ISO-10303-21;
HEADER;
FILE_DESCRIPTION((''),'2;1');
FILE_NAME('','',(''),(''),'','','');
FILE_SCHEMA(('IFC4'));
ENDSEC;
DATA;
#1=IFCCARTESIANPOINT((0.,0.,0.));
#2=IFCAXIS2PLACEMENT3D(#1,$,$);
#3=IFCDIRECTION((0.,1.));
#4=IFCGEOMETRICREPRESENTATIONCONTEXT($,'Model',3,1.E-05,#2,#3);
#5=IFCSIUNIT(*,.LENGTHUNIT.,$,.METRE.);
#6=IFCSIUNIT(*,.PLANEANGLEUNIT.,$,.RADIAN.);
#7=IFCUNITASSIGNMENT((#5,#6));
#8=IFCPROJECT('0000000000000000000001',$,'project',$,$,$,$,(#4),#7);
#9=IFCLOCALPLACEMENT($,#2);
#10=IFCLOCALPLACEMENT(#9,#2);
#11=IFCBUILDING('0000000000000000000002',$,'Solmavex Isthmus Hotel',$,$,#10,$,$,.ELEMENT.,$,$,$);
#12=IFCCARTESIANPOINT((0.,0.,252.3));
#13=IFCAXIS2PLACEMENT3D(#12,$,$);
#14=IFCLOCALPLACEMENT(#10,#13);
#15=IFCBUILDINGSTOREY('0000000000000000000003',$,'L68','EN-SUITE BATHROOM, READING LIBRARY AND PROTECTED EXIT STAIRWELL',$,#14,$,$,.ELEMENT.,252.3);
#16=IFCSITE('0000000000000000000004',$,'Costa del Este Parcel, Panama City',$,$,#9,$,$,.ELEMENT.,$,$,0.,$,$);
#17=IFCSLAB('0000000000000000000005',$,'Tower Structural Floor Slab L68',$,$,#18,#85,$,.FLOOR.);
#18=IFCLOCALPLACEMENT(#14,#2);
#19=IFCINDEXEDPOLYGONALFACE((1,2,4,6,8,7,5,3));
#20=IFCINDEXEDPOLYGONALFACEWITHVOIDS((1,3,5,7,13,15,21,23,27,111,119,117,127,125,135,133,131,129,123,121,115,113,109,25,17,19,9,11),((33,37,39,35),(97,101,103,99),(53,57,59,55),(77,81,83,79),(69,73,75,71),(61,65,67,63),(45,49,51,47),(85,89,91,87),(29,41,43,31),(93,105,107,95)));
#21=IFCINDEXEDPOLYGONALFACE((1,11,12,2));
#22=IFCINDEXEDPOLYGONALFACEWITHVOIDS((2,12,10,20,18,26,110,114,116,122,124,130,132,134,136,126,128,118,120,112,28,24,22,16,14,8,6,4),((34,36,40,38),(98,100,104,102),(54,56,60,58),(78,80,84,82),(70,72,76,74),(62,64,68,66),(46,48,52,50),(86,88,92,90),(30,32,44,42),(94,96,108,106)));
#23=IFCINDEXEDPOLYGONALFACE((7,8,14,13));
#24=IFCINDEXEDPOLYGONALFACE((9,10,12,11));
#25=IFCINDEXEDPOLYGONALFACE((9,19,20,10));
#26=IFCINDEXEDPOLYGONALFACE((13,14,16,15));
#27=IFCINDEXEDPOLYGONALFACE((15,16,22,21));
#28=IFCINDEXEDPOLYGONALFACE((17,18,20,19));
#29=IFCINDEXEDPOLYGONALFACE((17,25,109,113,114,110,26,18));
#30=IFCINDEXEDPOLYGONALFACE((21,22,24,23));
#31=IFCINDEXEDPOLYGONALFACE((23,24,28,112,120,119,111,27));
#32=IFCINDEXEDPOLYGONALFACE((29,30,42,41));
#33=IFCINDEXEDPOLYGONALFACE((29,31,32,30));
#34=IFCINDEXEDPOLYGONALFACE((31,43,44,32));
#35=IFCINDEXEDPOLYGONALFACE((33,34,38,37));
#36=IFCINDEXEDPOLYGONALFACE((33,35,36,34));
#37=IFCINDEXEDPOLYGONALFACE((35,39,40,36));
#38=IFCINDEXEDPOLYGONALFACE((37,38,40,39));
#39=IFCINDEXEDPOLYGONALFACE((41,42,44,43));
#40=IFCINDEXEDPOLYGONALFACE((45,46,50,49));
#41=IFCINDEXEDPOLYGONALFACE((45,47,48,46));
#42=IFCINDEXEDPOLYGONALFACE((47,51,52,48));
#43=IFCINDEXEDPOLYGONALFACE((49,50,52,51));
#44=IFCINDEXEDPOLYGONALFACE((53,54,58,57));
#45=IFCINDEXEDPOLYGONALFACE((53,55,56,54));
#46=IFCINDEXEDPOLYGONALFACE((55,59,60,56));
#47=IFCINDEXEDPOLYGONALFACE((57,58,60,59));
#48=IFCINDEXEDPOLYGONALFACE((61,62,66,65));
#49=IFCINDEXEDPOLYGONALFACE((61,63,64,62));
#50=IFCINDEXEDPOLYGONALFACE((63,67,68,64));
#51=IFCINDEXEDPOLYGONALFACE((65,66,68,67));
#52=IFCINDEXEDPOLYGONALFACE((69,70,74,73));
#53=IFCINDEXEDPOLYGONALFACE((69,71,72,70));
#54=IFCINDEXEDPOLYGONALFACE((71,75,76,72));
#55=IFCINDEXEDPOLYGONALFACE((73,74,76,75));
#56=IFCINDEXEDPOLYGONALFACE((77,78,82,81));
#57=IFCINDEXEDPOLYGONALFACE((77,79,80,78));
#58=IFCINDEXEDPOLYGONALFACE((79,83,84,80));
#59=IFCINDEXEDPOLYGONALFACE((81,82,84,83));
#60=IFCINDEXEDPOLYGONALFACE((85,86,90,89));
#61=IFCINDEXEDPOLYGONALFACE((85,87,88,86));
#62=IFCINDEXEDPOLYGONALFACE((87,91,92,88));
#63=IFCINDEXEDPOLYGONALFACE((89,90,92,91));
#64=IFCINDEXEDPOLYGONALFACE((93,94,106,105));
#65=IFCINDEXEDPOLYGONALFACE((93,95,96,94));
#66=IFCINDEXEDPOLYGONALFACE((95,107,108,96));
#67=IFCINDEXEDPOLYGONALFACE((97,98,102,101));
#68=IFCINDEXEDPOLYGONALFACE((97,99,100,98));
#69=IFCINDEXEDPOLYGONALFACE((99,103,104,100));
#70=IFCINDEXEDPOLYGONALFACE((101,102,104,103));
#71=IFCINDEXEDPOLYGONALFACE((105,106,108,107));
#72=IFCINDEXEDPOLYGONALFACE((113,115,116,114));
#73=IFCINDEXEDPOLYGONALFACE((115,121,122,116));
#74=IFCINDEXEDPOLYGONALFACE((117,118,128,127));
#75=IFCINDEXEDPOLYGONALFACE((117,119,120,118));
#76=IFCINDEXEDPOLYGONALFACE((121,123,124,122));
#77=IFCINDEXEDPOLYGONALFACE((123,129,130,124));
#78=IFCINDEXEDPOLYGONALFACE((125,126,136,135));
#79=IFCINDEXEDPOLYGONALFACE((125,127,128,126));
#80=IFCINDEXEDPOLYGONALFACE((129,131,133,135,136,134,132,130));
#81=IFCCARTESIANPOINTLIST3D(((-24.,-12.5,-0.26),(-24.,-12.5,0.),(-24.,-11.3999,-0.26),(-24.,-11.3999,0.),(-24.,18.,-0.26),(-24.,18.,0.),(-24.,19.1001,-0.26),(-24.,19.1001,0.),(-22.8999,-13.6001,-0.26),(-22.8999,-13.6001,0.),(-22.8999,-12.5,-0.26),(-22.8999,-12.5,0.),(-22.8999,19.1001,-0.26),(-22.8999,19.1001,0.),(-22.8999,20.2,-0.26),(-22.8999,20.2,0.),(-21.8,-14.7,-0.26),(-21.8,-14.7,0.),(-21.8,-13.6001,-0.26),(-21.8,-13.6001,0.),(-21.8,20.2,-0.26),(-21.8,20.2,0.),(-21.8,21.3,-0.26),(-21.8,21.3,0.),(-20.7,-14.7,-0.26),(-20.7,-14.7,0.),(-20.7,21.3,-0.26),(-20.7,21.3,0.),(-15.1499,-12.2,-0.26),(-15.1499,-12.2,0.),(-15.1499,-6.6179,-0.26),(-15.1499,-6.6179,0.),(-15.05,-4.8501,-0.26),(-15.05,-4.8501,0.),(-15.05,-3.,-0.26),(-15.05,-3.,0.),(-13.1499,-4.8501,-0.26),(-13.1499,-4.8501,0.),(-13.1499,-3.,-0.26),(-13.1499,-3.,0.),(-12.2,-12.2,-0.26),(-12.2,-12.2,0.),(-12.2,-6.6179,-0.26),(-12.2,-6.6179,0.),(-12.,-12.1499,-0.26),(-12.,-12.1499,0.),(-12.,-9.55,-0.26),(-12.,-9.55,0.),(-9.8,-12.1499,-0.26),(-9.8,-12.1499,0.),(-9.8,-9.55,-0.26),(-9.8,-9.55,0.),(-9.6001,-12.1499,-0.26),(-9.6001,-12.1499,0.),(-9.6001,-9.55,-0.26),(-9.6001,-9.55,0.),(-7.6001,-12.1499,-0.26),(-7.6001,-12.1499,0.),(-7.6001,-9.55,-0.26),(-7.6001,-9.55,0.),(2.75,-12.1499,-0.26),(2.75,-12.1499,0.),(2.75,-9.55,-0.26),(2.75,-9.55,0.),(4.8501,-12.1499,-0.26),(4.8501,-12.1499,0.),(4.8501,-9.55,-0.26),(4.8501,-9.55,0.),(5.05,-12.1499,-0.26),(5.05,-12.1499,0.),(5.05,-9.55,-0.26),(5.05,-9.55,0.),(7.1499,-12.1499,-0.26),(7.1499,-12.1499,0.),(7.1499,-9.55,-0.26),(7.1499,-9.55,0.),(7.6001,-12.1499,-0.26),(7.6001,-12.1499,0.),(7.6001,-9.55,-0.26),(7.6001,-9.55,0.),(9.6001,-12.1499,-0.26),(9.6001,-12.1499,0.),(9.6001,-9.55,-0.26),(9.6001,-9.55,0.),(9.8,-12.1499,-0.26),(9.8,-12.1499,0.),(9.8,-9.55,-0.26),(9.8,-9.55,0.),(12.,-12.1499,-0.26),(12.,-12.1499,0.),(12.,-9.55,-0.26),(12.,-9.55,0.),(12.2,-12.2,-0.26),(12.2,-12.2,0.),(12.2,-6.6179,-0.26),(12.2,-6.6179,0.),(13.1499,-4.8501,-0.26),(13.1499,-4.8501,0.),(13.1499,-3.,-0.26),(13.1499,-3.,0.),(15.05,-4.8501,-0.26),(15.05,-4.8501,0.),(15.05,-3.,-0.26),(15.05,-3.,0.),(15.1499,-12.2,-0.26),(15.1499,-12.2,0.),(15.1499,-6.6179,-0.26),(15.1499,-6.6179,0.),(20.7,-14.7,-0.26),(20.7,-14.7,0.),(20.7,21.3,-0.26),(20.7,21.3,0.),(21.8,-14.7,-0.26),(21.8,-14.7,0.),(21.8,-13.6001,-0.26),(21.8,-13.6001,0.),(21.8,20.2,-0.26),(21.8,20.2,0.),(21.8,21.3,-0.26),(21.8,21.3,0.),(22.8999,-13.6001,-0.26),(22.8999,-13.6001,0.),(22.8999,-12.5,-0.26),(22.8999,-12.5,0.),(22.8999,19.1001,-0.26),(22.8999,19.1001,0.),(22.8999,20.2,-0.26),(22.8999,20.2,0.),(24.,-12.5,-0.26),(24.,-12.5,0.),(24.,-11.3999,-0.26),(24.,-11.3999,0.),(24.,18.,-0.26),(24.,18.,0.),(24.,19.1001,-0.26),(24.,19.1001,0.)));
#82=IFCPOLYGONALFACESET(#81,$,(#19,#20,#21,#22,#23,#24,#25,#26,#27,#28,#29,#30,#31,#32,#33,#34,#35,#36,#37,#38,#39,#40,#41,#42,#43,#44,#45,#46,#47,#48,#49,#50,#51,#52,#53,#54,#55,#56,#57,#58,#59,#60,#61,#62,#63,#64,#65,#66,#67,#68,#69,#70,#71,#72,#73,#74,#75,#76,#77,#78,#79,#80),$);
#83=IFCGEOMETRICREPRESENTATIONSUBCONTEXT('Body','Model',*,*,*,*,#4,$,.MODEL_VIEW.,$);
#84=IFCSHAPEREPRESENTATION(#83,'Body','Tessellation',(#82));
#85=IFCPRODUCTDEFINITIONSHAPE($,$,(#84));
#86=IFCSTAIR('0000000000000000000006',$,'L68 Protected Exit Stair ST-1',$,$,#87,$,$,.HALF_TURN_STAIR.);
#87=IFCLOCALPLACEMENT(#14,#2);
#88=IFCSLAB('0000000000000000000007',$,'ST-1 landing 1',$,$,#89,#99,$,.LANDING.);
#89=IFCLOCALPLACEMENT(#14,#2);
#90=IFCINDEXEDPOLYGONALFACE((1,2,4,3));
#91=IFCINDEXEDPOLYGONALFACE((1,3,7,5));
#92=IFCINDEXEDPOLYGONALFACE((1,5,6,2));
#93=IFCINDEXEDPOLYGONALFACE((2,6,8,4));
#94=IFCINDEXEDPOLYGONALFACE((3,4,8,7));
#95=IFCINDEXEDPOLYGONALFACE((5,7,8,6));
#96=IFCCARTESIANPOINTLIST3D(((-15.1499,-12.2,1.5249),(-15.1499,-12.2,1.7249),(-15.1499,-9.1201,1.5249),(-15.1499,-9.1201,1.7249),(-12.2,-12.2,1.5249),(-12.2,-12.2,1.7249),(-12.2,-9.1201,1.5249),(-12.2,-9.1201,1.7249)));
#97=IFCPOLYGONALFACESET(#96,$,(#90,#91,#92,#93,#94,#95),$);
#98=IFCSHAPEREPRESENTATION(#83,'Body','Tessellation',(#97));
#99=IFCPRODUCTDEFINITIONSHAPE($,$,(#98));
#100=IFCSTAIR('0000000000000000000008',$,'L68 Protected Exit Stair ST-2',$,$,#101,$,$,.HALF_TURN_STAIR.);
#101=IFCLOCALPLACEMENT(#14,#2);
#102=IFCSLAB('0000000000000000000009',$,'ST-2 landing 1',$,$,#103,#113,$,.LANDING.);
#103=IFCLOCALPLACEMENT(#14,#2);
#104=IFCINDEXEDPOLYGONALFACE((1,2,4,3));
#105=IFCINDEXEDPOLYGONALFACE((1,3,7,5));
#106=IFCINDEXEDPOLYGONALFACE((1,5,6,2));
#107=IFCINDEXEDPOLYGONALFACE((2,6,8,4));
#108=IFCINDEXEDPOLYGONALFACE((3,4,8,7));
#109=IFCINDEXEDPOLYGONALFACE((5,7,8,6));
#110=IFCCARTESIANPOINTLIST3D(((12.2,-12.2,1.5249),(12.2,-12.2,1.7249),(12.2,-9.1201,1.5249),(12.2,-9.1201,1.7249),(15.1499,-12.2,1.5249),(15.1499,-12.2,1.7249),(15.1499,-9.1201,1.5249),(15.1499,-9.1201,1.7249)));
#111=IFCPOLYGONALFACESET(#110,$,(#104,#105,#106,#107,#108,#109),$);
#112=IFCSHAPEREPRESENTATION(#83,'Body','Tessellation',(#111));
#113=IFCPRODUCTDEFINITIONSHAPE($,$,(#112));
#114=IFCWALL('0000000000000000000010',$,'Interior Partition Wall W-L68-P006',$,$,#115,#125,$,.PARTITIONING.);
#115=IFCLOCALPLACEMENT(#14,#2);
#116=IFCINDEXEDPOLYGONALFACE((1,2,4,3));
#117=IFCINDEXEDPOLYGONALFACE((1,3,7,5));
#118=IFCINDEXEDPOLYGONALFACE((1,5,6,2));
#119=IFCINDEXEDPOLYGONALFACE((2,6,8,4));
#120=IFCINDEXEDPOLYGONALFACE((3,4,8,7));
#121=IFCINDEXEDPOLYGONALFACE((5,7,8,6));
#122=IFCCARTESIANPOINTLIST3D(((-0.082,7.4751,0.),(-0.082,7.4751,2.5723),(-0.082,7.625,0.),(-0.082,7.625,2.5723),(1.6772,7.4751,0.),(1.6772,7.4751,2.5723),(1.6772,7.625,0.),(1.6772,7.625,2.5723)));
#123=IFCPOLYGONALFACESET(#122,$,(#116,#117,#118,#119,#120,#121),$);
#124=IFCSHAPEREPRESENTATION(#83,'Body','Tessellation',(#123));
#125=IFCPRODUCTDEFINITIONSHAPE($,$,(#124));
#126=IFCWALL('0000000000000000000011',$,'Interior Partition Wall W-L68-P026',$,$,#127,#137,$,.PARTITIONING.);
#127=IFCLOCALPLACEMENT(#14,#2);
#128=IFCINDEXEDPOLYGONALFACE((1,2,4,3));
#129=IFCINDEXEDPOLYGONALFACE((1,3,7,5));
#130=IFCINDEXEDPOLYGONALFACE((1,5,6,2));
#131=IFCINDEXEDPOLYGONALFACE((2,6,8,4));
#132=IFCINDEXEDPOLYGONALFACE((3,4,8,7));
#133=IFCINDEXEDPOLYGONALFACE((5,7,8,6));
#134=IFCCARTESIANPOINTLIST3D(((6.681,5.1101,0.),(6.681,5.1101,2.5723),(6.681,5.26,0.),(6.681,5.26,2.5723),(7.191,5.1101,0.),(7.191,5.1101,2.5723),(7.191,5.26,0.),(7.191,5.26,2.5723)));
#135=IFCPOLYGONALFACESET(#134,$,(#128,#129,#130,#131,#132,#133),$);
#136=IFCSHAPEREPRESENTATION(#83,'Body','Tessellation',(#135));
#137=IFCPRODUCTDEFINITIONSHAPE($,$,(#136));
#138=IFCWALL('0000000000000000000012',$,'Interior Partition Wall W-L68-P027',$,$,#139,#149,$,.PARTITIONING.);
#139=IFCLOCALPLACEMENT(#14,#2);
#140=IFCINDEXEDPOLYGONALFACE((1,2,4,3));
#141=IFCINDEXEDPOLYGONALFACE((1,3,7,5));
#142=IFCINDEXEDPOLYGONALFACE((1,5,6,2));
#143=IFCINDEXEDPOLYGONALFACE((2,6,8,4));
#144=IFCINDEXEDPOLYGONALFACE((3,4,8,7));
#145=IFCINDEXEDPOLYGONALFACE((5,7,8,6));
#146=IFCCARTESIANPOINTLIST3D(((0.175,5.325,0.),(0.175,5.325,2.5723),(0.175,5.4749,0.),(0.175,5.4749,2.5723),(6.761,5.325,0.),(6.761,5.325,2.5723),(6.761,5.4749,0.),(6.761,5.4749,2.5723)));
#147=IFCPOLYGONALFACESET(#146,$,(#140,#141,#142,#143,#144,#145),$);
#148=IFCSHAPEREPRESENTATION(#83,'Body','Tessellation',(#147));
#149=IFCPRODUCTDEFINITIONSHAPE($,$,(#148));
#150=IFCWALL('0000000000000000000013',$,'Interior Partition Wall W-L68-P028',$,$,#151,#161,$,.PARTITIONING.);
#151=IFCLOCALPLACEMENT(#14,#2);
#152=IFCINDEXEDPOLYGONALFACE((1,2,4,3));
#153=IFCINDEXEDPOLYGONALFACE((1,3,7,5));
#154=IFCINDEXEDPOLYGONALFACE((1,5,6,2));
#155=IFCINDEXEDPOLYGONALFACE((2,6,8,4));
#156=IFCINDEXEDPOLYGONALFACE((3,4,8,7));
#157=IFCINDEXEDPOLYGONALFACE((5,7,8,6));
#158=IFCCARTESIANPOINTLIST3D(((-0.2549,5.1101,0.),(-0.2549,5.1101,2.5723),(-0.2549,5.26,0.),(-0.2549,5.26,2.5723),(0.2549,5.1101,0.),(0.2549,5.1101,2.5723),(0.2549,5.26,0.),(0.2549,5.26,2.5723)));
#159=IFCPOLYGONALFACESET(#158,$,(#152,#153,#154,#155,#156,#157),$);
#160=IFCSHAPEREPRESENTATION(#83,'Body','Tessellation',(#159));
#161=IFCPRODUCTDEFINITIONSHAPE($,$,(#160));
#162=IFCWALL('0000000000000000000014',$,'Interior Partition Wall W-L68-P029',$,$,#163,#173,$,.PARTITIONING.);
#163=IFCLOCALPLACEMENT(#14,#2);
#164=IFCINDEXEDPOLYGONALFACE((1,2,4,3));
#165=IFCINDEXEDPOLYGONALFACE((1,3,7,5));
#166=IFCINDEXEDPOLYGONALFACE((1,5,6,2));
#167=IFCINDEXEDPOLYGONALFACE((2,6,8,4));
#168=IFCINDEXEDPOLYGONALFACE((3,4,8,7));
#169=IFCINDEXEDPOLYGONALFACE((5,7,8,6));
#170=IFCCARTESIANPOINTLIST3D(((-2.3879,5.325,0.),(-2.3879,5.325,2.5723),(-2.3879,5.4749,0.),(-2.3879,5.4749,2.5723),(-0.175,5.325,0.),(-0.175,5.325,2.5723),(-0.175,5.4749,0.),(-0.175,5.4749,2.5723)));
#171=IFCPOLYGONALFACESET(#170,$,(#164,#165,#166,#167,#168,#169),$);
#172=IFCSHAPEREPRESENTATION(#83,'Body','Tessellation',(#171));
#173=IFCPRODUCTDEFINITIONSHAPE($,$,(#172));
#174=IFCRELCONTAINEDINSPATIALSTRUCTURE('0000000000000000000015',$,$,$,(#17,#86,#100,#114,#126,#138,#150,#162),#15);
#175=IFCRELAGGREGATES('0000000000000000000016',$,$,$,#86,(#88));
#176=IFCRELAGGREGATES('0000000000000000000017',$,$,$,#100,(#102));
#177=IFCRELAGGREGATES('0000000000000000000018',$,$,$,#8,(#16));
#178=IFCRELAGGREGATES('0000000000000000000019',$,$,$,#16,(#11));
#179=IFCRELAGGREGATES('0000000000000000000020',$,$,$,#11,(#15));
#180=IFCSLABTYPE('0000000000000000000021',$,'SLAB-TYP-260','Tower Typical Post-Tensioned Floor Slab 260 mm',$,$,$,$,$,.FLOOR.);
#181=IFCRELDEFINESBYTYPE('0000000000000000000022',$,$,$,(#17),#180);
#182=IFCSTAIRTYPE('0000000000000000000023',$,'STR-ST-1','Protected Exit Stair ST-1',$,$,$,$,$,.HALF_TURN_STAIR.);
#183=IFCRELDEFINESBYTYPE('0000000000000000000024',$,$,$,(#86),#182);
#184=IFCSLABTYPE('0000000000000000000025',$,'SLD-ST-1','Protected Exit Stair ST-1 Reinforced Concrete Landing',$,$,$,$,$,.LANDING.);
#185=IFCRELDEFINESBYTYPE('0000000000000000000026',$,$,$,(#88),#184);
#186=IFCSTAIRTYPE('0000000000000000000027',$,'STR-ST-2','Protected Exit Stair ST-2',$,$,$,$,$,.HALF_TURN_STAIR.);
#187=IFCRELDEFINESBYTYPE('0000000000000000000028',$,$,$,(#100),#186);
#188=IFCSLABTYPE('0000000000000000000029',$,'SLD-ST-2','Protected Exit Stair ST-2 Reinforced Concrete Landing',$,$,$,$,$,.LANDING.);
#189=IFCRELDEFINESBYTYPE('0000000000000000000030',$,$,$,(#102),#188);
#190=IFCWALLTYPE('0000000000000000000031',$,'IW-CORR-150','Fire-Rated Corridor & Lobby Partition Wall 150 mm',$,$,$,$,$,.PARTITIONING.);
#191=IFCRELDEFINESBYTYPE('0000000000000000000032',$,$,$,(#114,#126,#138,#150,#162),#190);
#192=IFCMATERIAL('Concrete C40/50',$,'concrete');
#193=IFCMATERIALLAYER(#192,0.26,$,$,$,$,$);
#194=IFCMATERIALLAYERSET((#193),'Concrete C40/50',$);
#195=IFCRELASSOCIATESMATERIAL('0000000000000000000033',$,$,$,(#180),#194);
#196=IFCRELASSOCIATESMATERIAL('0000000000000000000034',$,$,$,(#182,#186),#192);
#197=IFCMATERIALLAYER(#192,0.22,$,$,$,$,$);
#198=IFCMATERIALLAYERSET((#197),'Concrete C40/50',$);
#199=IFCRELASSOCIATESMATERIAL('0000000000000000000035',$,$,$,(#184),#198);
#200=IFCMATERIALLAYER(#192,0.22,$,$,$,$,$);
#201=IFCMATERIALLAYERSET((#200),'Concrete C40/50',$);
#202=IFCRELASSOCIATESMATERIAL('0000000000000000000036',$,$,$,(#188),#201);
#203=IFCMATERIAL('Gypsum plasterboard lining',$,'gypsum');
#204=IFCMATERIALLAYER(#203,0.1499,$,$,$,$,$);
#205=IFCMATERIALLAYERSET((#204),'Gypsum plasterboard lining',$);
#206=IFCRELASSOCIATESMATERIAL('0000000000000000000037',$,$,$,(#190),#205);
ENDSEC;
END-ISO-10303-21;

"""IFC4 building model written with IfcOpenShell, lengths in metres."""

from ifc_helpers import new_model, si_unit, direction, frame, frame_2d, origin, place, context, subcontext, project, spatial, polyline, rectangle, outline, extrude, material, layer, layer_set, type_object, element, aggregate, save


model = new_model("IFC4")

# Units and contexts
model_context = context("Model", 3, precision=1e-05, world=origin(), true_north=direction((0.0, 1.0)))
body_context = subcontext(model_context, "Body", "Model", "MODEL_VIEW")
ifc_project = project(units=[si_unit("LENGTHUNIT", "METRE"), si_unit("PLANEANGLEUNIT", "RADIAN")], contexts=[model_context])

# Site, building, storey
site_placement = place(None, origin())
site = spatial("IfcSite", under=ifc_project, at=site_placement, Name="Costa del Este Parcel, Panama City", CompositionType="ELEMENT", RefElevation=0.0)
building_placement = place(site_placement, origin())
building = spatial("IfcBuilding", under=site, at=building_placement, Name="Solmavex Isthmus Hotel", CompositionType="ELEMENT")
storey_placement = place(building_placement, frame((0.0, 0.0, 252.3)))
storey = spatial("IfcBuildingStorey", under=building, at=storey_placement, Name="L68", Description="EN-SUITE BATHROOM, READING LIBRARY AND PROTECTED EXIT STAIRWELL", CompositionType="ELEMENT", Elevation=252.3)

# Slab
ifc_material_1 = material(Name="Concrete C40/50", Category="concrete")
ifc_layer_1 = layer(ifc_material_1, 0.26)
ifc_layer_set_1 = layer_set([ifc_layer_1], Name="Concrete C40/50")
slab_type_1 = type_object("IfcSlabType", Name="SLAB-TYP-260", Description="Tower Typical Post-Tensioned Floor Slab 260 mm", PredefinedType="FLOOR", material=ifc_layer_set_1)
slab_1_placement = place(storey_placement, frame((0.0, 0.0, -0.26)))
element("IfcSlab", 1, at=slab_1_placement, inside=storey, type_object=slab_type_1, Name="Tower Structural Floor Slab L68", PredefinedType="FLOOR", context=body_context, shape_type="SweptSolid", body=[
    extrude(outline(polyline([(-20.7, -14.7), (20.7, -14.7), (21.8, -14.7), (21.8, -13.6001), (22.8999, -13.6001), (22.8999, -12.5), (24.0, -12.5), (24.0, -11.3999), (24.0, 18.0), (24.0, 19.1001), (22.8999, 19.1001), (22.8999, 20.2), (21.8, 20.2), (21.8, 21.3), (20.7, 21.3), (-20.7, 21.3), (-21.8, 21.3), (-21.8, 20.2), (-22.8999, 20.2), (-22.8999, 19.1001), (-24.0, 19.1001), (-24.0, 18.0), (-24.0, -11.3999), (-24.0, -12.5), (-22.8999, -12.5), (-22.8999, -13.6001), (-21.8, -13.6001), (-21.8, -14.7), (-20.7, -14.7)]), holes=[polyline([(-15.1499, -6.6179), (-15.1499, -12.2), (-12.2, -12.2), (-12.2, -6.6179), (-15.1499, -6.6179)]), polyline([(12.2, -6.6179), (12.2, -12.2), (15.1499, -12.2), (15.1499, -6.6179), (12.2, -6.6179)]), polyline([(-12.0, -12.1499), (-9.8, -12.1499), (-9.8, -9.55), (-12.0, -9.55), (-12.0, -12.1499)]), polyline([(9.8, -12.1499), (12.0, -12.1499), (12.0, -9.55), (9.8, -9.55), (9.8, -12.1499)]), polyline([(-9.6001, -12.1499), (-7.6001, -12.1499), (-7.6001, -9.55), (-9.6001, -9.55), (-9.6001, -12.1499)]), polyline([(7.6001, -12.1499), (9.6001, -12.1499), (9.6001, -9.55), (7.6001, -9.55), (7.6001, -12.1499)]), polyline([(2.75, -12.1499), (4.8501, -12.1499), (4.8501, -9.55), (2.75, -9.55), (2.75, -12.1499)]), polyline([(5.05, -12.1499), (7.1499, -12.1499), (7.1499, -9.55), (5.05, -9.55), (5.05, -12.1499)]), polyline([(-15.05, -4.8501), (-13.1499, -4.8501), (-13.1499, -3.0), (-15.05, -3.0), (-15.05, -4.8501)]), polyline([(13.1499, -4.8501), (15.05, -4.8501), (15.05, -3.0), (13.1499, -3.0), (13.1499, -4.8501)])]), origin(), (0.0, 0.0, 1.0), 0.26),
])

# Stairs, slabs
stair_type_1 = type_object("IfcStairType", Name="STR-ST-1", Description="Protected Exit Stair ST-1", PredefinedType="HALF_TURN_STAIR", material=ifc_material_1)
stair_1_placement = place(storey_placement, origin())
stair_1 = element("IfcStair", 2, at=stair_1_placement, inside=storey, type_object=stair_type_1, Name="L68 Protected Exit Stair ST-1", PredefinedType="HALF_TURN_STAIR")
ifc_layer_2 = layer(ifc_material_1, 0.22)
ifc_layer_set_2 = layer_set([ifc_layer_2], Name="Concrete C40/50")
slab_type_2 = type_object("IfcSlabType", Name="SLD-ST-1", Description="Protected Exit Stair ST-1 Reinforced Concrete Landing", PredefinedType="LANDING", material=ifc_layer_set_2)
slab_2_placement = place(storey_placement, frame((0.0, 0.0, 1.5249)))
slab_2 = element("IfcSlab", 3, at=slab_2_placement, type_object=slab_type_2, Name="ST-1 landing 1", PredefinedType="LANDING", context=body_context, shape_type="SweptSolid", body=[
    extrude(outline(polyline([(-15.1499, -9.1201), (-15.1499, -12.2), (-12.2, -12.2), (-12.2, -9.1201), (-15.1499, -9.1201)])), origin(), (0.0, 0.0, 1.0), 0.2),
])
aggregate(stair_1, [slab_2])
stair_type_2 = type_object("IfcStairType", Name="STR-ST-2", Description="Protected Exit Stair ST-2", PredefinedType="HALF_TURN_STAIR", material=ifc_material_1)
stair_2_placement = place(storey_placement, origin())
stair_2 = element("IfcStair", 4, at=stair_2_placement, inside=storey, type_object=stair_type_2, Name="L68 Protected Exit Stair ST-2", PredefinedType="HALF_TURN_STAIR")
ifc_layer_3 = layer(ifc_material_1, 0.22)
ifc_layer_set_3 = layer_set([ifc_layer_3], Name="Concrete C40/50")
slab_type_3 = type_object("IfcSlabType", Name="SLD-ST-2", Description="Protected Exit Stair ST-2 Reinforced Concrete Landing", PredefinedType="LANDING", material=ifc_layer_set_3)
slab_3_placement = place(storey_placement, frame((0.0, 0.0, 1.5249)))
slab_3 = element("IfcSlab", 5, at=slab_3_placement, type_object=slab_type_3, Name="ST-2 landing 1", PredefinedType="LANDING", context=body_context, shape_type="SweptSolid", body=[
    extrude(outline(polyline([(12.2, -9.1201), (12.2, -12.2), (15.1499, -12.2), (15.1499, -9.1201), (12.2, -9.1201)])), origin(), (0.0, 0.0, 1.0), 0.2),
])
aggregate(stair_2, [slab_3])

# Shared definitions
ifc_material_2 = material(Name="Gypsum plasterboard lining", Category="gypsum")
ifc_layer_4 = layer(ifc_material_2, 0.1499)
ifc_layer_set_4 = layer_set([ifc_layer_4], Name="Gypsum plasterboard lining")
wall_type_1 = type_object("IfcWallType", Name="IW-CORR-150", Description="Fire-Rated Corridor & Lobby Partition Wall 150 mm", PredefinedType="PARTITIONING", material=ifc_layer_set_4)

# Walls
wall_1_placement = place(storey_placement, frame((-0.082, 7.55, 0.0), z_axis=(0.0, 0.0, 1.0), x_axis=(1.0, 0.0, 0.0)))
element("IfcWall", 6, at=wall_1_placement, inside=storey, type_object=wall_type_1, Name="Interior Partition Wall W-L68-P006", PredefinedType="PARTITIONING", context=body_context, shape_type="SweptSolid", body=[
    extrude(rectangle(XDim=1.7593, YDim=0.1499, at=frame_2d((0.8796, 0.0))), origin(), (0.0, 0.0, 1.0), 2.5723),
])
wall_2_placement = place(storey_placement, frame((7.1909, 5.1851, 0.0), z_axis=(0.0, 0.0, 1.0), x_axis=(-1.0, 0.0, 0.0)))
element("IfcWall", 7, at=wall_2_placement, inside=storey, type_object=wall_type_1, Name="Interior Partition Wall W-L68-P026", PredefinedType="PARTITIONING", context=body_context, shape_type="SweptSolid", body=[
    extrude(rectangle(XDim=0.51, YDim=0.1499, at=frame_2d((0.2549, 0.0))), origin(), (0.0, 0.0, 1.0), 2.5723),
])
wall_3_placement = place(storey_placement, frame((6.761, 5.3999, 0.0), z_axis=(0.0, 0.0, 1.0), x_axis=(-1.0, 0.0, 0.0)))
element("IfcWall", 8, at=wall_3_placement, inside=storey, type_object=wall_type_1, Name="Interior Partition Wall W-L68-P027", PredefinedType="PARTITIONING", context=body_context, shape_type="SweptSolid", body=[
    extrude(rectangle(XDim=6.5859, YDim=0.1499, at=frame_2d((3.293, 0.0))), origin(), (0.0, 0.0, 1.0), 2.5723),
])
wall_4_placement = place(storey_placement, frame((0.2549, 5.1851, 0.0), z_axis=(0.0, 0.0, 1.0), x_axis=(-1.0, 0.0, 0.0)))
element("IfcWall", 9, at=wall_4_placement, inside=storey, type_object=wall_type_1, Name="Interior Partition Wall W-L68-P028", PredefinedType="PARTITIONING", context=body_context, shape_type="SweptSolid", body=[
    extrude(rectangle(XDim=0.5098, YDim=0.1499, at=frame_2d((0.2549, 0.0))), origin(), (0.0, 0.0, 1.0), 2.5723),
])
wall_5_placement = place(storey_placement, frame((-0.175, 5.3999, 0.0), z_axis=(0.0, 0.0, 1.0), x_axis=(-1.0, 0.0, 0.0)))
element("IfcWall", 10, at=wall_5_placement, inside=storey, type_object=wall_type_1, Name="Interior Partition Wall W-L68-P029", PredefinedType="PARTITIONING", context=body_context, shape_type="SweptSolid", body=[
    extrude(rectangle(XDim=2.2129, YDim=0.1499, at=frame_2d((1.1064, 0.0))), origin(), (0.0, 0.0, 1.0), 2.5723),
])

save(model, "model.ifc")
